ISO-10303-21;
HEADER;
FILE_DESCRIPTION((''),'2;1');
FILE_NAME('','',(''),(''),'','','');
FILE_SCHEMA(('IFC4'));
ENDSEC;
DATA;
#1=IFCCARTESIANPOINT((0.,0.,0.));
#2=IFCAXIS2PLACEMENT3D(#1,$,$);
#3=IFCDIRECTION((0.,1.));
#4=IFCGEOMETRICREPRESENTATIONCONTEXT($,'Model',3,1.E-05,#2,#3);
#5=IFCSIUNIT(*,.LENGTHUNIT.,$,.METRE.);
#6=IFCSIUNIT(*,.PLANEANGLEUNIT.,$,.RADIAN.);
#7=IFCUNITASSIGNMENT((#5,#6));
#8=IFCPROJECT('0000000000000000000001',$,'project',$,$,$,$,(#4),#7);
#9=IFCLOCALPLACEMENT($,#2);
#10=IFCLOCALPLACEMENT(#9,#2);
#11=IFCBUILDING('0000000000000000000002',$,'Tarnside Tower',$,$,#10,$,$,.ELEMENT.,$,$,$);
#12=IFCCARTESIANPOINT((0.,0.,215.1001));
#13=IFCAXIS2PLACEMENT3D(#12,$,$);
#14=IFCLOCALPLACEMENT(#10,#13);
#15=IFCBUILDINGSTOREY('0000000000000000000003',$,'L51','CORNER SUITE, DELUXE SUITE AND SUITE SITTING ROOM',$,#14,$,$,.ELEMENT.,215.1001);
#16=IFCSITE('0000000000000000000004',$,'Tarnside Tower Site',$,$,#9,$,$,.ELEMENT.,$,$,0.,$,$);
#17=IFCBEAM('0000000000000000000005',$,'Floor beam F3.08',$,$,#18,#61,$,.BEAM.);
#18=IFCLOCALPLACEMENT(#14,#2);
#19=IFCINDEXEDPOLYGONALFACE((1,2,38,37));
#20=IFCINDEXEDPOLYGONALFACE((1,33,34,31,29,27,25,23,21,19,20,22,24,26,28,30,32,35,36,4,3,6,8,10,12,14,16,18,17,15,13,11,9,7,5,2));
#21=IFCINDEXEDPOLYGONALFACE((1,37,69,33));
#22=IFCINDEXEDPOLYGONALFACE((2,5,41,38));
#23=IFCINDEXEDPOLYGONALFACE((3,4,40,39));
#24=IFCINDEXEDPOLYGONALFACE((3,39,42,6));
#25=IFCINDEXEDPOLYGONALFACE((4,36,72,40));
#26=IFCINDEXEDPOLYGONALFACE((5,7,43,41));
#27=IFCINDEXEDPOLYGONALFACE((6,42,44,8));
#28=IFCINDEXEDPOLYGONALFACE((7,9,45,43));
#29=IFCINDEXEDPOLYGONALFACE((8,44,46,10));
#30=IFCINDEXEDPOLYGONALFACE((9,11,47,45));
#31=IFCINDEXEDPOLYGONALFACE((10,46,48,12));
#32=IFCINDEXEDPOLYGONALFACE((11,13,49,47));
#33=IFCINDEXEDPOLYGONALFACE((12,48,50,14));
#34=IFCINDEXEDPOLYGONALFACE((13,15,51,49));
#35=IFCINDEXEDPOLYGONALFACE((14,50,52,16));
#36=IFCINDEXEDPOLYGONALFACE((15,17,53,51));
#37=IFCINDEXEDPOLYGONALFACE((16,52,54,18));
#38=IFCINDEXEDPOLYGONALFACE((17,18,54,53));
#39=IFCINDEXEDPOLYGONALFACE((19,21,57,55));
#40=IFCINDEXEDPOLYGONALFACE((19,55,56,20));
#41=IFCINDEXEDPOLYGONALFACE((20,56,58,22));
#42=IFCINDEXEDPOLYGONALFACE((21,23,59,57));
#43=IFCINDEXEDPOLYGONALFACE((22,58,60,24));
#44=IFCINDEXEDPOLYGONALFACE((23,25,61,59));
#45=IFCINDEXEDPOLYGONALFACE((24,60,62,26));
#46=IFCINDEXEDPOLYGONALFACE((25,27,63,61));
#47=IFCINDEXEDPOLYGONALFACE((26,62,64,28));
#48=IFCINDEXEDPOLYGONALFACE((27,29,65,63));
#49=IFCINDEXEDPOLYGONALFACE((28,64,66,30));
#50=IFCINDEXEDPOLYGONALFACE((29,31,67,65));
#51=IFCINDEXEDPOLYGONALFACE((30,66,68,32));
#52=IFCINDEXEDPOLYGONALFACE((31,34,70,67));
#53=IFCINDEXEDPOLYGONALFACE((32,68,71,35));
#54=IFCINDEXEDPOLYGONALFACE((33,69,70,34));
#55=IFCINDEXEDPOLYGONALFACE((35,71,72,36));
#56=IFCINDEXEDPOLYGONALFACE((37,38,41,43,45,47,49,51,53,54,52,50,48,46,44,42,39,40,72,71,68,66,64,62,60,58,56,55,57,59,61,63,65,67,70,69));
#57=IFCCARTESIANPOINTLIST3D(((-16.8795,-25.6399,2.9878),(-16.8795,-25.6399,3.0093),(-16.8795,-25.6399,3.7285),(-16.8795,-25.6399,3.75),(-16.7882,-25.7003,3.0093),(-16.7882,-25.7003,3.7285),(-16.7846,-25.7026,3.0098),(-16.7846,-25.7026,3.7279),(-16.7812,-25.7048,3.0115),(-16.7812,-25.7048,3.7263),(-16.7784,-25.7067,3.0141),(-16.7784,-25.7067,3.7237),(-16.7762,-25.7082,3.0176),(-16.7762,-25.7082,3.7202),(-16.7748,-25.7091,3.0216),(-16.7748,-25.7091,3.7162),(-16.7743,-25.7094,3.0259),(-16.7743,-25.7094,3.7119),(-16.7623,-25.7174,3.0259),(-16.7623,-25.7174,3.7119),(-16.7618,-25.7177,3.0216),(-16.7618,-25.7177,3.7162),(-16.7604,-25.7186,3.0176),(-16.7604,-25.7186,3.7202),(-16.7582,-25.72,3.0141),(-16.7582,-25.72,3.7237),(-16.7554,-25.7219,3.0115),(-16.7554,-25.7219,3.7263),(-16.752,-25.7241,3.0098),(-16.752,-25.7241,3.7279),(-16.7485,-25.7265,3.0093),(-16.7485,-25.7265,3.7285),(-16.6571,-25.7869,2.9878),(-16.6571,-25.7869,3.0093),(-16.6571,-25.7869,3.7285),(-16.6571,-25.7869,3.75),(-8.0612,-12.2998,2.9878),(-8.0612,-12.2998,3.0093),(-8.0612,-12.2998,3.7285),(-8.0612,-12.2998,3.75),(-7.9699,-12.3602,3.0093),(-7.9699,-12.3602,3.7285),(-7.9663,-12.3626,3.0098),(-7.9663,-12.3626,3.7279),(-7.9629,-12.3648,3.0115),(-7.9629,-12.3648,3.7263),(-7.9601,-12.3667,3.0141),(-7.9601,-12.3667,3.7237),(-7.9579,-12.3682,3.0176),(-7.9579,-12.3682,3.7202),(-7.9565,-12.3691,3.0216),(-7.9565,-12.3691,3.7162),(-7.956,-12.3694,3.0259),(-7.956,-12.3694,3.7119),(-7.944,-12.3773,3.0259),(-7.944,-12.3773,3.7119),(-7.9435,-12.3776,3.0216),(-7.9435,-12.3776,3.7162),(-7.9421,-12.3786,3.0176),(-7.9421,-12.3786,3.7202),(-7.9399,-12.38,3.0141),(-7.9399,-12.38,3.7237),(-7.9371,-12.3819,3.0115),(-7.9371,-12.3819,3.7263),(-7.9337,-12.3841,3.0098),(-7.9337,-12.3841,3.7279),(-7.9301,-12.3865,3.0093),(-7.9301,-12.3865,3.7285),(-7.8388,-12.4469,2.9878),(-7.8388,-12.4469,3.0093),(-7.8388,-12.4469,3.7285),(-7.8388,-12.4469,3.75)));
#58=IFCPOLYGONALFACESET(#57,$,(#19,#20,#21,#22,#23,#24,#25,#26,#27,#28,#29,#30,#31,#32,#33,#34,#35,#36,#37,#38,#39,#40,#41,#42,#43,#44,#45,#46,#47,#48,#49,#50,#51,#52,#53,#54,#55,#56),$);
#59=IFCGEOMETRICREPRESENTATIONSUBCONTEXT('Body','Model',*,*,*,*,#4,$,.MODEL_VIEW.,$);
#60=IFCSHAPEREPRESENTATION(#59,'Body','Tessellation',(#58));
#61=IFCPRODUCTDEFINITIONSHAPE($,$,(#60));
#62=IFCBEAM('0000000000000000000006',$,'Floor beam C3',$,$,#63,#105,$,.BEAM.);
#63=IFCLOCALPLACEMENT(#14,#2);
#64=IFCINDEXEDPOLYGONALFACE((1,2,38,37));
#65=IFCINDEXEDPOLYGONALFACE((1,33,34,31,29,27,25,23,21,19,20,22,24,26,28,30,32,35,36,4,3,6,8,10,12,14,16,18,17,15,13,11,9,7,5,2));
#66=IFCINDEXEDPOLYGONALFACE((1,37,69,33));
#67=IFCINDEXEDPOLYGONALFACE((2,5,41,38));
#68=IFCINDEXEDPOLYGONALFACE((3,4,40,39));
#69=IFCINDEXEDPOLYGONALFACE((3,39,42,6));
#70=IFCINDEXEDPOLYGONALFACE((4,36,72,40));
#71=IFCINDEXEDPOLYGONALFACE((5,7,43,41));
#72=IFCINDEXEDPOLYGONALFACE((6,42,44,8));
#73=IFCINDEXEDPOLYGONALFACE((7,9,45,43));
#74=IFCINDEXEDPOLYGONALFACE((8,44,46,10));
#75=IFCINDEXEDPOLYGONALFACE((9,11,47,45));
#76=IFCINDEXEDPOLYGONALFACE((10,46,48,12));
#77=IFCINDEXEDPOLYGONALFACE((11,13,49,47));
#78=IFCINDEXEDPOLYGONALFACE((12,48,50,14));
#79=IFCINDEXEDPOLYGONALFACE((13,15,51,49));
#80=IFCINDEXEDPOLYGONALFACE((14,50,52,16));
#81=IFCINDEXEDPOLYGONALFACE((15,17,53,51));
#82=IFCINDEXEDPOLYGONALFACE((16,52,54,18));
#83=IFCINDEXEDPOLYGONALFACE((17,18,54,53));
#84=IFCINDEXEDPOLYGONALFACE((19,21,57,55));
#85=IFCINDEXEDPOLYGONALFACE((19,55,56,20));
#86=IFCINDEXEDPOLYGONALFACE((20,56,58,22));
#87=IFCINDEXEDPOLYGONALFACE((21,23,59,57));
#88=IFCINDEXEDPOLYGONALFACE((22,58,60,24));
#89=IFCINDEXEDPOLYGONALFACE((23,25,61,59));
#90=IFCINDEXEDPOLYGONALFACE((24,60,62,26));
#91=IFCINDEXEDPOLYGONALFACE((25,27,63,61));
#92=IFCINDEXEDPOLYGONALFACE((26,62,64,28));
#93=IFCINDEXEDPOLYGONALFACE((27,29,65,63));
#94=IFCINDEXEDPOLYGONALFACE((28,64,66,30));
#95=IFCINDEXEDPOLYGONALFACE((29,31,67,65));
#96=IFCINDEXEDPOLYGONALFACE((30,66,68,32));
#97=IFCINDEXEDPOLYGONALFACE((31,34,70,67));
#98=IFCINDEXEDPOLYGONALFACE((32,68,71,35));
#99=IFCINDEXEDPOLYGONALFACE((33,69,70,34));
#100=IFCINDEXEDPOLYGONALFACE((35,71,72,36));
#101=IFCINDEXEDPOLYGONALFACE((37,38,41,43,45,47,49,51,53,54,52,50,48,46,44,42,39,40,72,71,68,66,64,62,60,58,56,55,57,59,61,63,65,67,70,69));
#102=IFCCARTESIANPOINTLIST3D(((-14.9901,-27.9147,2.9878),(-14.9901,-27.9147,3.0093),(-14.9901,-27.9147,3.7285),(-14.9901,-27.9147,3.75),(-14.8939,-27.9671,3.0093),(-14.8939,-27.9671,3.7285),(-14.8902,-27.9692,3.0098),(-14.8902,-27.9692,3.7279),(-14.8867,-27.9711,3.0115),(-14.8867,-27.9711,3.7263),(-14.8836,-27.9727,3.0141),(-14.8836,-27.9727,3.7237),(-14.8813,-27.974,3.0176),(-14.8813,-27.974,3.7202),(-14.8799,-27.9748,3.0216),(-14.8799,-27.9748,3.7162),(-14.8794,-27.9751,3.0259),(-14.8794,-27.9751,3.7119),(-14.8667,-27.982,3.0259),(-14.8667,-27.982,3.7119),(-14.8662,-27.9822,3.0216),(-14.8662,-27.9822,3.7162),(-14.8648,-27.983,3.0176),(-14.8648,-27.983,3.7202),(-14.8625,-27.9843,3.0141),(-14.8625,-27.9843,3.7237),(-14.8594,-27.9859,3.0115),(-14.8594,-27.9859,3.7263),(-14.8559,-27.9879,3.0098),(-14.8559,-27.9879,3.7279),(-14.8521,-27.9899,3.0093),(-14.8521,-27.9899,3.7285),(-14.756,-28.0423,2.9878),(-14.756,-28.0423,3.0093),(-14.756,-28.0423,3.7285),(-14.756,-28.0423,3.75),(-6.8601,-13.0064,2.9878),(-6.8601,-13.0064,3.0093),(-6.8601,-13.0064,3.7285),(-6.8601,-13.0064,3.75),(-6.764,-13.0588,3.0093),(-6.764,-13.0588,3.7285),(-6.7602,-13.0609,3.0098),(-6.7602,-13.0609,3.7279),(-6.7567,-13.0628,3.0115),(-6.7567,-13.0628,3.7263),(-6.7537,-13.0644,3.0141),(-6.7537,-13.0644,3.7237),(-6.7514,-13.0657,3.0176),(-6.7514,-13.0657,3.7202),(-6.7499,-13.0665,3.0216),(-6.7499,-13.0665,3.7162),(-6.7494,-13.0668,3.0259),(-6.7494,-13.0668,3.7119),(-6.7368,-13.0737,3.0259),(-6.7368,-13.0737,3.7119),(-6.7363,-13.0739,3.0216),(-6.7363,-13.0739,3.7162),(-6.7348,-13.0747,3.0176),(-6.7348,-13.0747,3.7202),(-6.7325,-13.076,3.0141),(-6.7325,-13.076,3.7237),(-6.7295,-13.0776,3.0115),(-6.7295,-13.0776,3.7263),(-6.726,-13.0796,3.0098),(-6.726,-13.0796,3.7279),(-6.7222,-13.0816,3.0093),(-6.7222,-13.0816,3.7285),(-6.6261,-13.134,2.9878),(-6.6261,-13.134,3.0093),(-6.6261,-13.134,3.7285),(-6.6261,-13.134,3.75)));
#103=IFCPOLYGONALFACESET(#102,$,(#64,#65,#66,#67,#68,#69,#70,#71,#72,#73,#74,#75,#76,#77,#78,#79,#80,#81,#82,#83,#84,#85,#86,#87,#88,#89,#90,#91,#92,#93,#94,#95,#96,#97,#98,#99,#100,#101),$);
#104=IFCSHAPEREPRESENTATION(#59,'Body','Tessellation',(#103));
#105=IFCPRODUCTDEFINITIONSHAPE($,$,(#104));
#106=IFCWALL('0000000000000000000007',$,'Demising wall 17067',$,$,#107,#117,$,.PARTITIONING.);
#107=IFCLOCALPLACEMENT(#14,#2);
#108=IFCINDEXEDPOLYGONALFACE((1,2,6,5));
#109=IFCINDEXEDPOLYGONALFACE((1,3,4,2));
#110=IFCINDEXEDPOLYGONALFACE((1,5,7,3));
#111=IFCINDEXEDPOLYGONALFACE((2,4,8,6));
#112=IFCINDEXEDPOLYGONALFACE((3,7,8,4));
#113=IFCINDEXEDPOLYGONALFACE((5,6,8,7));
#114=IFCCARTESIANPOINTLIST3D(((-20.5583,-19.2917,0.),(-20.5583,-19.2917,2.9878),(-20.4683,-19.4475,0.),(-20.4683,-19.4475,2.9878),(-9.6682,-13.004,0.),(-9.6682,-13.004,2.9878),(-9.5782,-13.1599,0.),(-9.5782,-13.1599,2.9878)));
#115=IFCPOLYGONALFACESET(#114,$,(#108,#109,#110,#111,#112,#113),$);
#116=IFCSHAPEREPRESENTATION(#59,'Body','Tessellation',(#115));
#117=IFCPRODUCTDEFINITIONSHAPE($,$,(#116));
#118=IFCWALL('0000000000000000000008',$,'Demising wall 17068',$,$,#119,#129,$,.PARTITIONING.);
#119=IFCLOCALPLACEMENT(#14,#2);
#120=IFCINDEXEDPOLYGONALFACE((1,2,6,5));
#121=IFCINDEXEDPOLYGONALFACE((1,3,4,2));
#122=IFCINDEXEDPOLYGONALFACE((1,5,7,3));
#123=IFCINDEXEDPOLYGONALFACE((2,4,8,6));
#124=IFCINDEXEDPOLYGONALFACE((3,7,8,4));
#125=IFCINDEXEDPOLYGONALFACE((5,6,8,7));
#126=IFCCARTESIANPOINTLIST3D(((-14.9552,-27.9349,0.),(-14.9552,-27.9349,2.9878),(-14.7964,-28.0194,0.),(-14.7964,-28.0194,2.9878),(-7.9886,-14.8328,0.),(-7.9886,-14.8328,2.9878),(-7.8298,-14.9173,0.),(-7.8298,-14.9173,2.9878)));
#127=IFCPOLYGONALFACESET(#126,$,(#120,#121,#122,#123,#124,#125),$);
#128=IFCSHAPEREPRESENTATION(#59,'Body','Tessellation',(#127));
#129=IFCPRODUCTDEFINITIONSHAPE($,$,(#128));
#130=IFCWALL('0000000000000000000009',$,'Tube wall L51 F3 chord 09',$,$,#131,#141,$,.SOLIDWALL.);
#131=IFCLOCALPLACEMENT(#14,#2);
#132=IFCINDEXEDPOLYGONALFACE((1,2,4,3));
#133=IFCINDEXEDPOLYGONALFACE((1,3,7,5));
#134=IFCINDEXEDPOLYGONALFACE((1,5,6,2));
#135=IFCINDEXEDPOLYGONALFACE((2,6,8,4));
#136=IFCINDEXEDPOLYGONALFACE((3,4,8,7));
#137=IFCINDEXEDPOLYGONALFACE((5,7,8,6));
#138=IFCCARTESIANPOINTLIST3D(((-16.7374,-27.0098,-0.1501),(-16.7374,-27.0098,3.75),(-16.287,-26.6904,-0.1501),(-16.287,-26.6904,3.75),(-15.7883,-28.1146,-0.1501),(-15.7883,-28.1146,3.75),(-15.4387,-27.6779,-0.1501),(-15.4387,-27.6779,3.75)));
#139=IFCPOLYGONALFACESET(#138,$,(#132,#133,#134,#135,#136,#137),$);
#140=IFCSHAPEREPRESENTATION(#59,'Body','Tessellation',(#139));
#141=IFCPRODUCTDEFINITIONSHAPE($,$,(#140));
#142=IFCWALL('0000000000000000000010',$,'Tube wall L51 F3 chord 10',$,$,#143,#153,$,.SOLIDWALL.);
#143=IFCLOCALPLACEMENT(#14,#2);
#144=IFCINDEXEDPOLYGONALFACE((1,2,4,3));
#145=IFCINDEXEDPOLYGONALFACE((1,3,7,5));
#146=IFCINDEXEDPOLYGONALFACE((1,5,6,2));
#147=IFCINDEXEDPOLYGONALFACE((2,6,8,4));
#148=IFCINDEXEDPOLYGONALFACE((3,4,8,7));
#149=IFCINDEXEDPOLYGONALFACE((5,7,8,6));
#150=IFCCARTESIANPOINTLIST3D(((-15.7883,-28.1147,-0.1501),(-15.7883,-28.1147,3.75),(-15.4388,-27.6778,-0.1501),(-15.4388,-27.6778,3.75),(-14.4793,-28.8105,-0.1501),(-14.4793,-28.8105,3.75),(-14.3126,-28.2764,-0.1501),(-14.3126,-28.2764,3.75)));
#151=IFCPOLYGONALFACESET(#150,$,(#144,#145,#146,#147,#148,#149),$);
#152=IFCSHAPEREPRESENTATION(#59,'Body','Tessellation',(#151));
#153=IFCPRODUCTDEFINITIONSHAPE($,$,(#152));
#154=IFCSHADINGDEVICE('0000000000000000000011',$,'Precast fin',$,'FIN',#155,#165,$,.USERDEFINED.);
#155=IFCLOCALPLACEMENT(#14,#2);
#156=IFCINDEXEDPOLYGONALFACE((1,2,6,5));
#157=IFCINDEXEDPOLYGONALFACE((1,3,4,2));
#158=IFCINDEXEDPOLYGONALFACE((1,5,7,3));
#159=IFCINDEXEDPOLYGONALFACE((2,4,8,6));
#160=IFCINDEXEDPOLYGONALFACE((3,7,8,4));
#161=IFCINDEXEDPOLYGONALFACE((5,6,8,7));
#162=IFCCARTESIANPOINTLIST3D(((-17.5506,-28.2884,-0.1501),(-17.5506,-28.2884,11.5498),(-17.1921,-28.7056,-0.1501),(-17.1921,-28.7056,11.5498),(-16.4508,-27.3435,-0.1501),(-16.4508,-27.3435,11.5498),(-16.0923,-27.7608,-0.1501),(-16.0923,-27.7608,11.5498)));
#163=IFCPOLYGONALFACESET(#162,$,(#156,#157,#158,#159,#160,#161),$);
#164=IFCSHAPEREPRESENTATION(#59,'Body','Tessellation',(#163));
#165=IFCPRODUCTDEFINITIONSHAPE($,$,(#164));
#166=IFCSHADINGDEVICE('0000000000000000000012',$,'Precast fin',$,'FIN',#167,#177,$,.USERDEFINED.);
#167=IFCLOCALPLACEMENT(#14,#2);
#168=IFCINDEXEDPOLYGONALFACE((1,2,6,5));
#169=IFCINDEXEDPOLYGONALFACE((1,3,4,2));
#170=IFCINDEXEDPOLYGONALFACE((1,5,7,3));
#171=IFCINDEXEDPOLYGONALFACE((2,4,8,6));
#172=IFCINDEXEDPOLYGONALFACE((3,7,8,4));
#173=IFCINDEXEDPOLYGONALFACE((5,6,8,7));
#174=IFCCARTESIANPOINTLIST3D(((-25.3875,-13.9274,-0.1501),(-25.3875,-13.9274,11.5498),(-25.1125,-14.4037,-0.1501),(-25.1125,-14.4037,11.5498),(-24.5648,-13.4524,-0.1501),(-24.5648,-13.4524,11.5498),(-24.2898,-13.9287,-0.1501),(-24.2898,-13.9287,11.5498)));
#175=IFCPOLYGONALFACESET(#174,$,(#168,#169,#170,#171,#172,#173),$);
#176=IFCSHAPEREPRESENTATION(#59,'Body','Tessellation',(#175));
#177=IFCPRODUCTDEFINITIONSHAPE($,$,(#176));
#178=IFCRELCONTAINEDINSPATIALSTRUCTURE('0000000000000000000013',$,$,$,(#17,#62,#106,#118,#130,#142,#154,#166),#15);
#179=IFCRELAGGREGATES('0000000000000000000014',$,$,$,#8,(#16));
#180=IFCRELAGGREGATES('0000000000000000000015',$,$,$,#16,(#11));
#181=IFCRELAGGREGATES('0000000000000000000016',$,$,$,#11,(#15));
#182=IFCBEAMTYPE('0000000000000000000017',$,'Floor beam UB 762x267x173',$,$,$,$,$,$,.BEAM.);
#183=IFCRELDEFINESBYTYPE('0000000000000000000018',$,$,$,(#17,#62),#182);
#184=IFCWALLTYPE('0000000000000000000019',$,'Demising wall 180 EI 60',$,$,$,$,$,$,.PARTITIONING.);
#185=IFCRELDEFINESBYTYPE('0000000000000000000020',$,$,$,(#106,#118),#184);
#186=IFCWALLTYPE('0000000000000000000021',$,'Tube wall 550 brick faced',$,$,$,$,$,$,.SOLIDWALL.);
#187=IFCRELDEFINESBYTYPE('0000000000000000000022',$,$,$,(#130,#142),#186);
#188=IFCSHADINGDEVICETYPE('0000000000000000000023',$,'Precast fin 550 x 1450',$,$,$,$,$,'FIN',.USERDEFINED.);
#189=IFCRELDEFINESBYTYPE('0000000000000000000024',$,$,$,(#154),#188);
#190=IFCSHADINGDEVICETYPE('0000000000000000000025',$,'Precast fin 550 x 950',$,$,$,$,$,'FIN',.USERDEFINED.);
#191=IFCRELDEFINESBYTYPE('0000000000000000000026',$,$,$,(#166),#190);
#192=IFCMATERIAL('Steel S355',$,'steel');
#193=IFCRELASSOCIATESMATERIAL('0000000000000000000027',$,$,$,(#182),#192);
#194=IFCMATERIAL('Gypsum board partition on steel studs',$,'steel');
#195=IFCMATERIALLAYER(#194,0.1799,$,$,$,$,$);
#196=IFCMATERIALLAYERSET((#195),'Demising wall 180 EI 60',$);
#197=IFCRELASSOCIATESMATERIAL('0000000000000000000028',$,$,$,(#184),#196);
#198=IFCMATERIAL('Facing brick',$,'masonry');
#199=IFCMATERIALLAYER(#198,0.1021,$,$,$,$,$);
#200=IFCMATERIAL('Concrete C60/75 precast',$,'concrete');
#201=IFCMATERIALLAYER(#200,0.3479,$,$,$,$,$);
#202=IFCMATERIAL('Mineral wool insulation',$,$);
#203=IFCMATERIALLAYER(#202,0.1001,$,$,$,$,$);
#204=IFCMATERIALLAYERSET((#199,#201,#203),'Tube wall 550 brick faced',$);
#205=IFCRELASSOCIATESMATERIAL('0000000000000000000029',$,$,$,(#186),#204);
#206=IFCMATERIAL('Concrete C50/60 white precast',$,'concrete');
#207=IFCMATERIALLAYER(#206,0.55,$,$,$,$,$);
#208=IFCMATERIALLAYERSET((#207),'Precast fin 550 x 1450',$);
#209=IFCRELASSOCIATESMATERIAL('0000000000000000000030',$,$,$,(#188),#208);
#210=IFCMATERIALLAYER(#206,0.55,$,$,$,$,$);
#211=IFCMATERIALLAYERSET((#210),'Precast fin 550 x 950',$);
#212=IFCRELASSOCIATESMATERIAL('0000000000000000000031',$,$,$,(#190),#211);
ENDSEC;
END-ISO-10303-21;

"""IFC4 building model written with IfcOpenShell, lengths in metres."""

from ifc_helpers import new_model, si_unit, direction, frame, frame_2d, origin, origin_2d, place, context, subcontext, project, spatial, polyline, rectangle, i_section, outline, extrude, material, layer, layer_set, material_profile, profile_set, type_object, element, save


model = new_model("IFC4")

# Units and contexts
model_context = context("Model", 3, precision=1e-05, world=origin(), true_north=direction((0.0, 1.0)))
body_context = subcontext(model_context, "Body", "Model", "MODEL_VIEW")
ifc_project = project(units=[si_unit("LENGTHUNIT", "METRE"), si_unit("PLANEANGLEUNIT", "RADIAN")], contexts=[model_context])

# Site, building, storey
site_placement = place(None, origin())
site = spatial("IfcSite", under=ifc_project, at=site_placement, Name="Tarnside Tower Site", CompositionType="ELEMENT", RefElevation=0.0)
building_placement = place(site_placement, origin())
building = spatial("IfcBuilding", under=site, at=building_placement, Name="Tarnside Tower", CompositionType="ELEMENT")
storey_placement = place(building_placement, frame((0.0, 0.0, 215.1001)))
storey = spatial("IfcBuildingStorey", under=building, at=storey_placement, Name="L51", Description="CORNER SUITE, DELUXE SUITE AND SUITE SITTING ROOM", CompositionType="ELEMENT", Elevation=215.1001)

# Beams
ifc_material_1 = material(Name="Steel S355", Category="steel")
ifc_material_profile_1 = material_profile(ifc_material_1, i_section(OverallWidth=0.2666, OverallDepth=0.7622, WebThickness=0.0144, FlangeThickness=0.0215, FilletRadius=0.0166, at=origin_2d()), Name="UB 762x267x173")
ifc_profile_set_1 = profile_set([ifc_material_profile_1], Name="Steel S355")
beam_type_1 = type_object("IfcBeamType", Name="Floor beam UB 762x267x173", PredefinedType="BEAM", material=ifc_profile_set_1)
beam_1_placement = place(storey_placement, frame((-16.7683, -25.7134, 3.3689), z_axis=(0.551448, 0.83421, 0.0), x_axis=(-0.83421, 0.551448, 0.0)))
element("IfcBeam", 1, at=beam_1_placement, inside=storey, type_object=beam_type_1, Name="Floor beam F3.08", PredefinedType="BEAM", context=body_context, shape_type="SweptSolid", body=[
    extrude(i_section(OverallWidth=0.2666, OverallDepth=0.7622, WebThickness=0.0144, FlangeThickness=0.0215, FilletRadius=0.0166, at=origin_2d()), origin(), (0.0, 0.0, 1.0), 15.9912),
])
beam_2_placement = place(storey_placement, frame((-14.873, -27.9785, 3.3689), z_axis=(0.478768, 0.877942, 0.0), x_axis=(-0.877942, 0.478768, 0.0)))
element("IfcBeam", 2, at=beam_2_placement, inside=storey, type_object=beam_type_1, Name="Floor beam C3", PredefinedType="BEAM", context=body_context, shape_type="SweptSolid", body=[
    extrude(i_section(OverallWidth=0.2666, OverallDepth=0.7622, WebThickness=0.0144, FlangeThickness=0.0215, FilletRadius=0.0166, at=origin_2d()), origin(), (0.0, 0.0, 1.0), 16.981),
])

# Walls
ifc_material_2 = material(Name="Gypsum board partition on steel studs", Category="steel")
ifc_layer_1 = layer(ifc_material_2, 0.1799)
ifc_layer_set_1 = layer_set([ifc_layer_1], Name="Demising wall 180 EI 60")
wall_type_1 = type_object("IfcWallType", Name="Demising wall 180 EI 60", PredefinedType="PARTITIONING", material=ifc_layer_set_1)
wall_1_placement = place(storey_placement, frame((-20.5134, -19.3696, 0.0), z_axis=(0.0, 0.0, 1.0), x_axis=(0.866019, 0.50001, 0.0)))
element("IfcWall", 3, at=wall_1_placement, inside=storey, type_object=wall_type_1, Name="Demising wall 17067", PredefinedType="PARTITIONING", context=body_context, shape_type="SweptSolid", body=[
    extrude(rectangle(XDim=12.575, YDim=0.1799, at=frame_2d((6.2876, 0.0))), origin(), (0.0, 0.0, 1.0), 2.9878),
])
wall_2_placement = place(storey_placement, frame((-14.8757, -27.9771, 0.0), z_axis=(0.0, 0.0, 1.0), x_axis=(0.469475, 0.882946, 0.0)))
element("IfcWall", 4, at=wall_2_placement, inside=storey, type_object=wall_type_1, Name="Demising wall 17068", PredefinedType="PARTITIONING", context=body_context, shape_type="SweptSolid", body=[
    extrude(rectangle(XDim=14.8391, YDim=0.1799, at=frame_2d((7.4194, 0.0))), origin(), (0.0, 0.0, 1.0), 2.9878),
])
ifc_material_3 = material(Name="Facing brick", Category="masonry")
ifc_layer_2 = layer(ifc_material_3, 0.1021)
ifc_material_4 = material(Name="Concrete C60/75 precast", Category="concrete")
ifc_layer_3 = layer(ifc_material_4, 0.3479)
ifc_material_5 = material(Name="Mineral wool insulation")
ifc_layer_4 = layer(ifc_material_5, 0.1001)
ifc_layer_set_2 = layer_set([ifc_layer_2, ifc_layer_3, ifc_layer_4], Name="Tube wall 550 brick faced")
wall_type_2 = type_object("IfcWallType", Name="Tube wall 550 brick faced", PredefinedType="SOLIDWALL", material=ifc_layer_set_2)
wall_3_placement = place(storey_placement, frame((-16.5122, -26.8501, -0.1501), z_axis=(0.0, 0.0, 1.0), x_axis=(0.651622, -0.758544, 0.0)))
element("IfcWall", 5, at=wall_3_placement, inside=storey, type_object=wall_type_2, Name="Tube wall L51 F3 chord 09", PredefinedType="SOLIDWALL", context=body_context, shape_type="SweptSolid", body=[
    extrude(outline(polyline([(-0.0256, -0.2749), (1.4309, -0.2749), (1.3274, 0.2749), (0.0256, 0.2749), (-0.0256, -0.2749)])), origin(), (0.0, 0.0, 1.0), 3.9001),
])
wall_4_placement = place(storey_placement, frame((-15.6135, -27.8962, -0.1501), z_axis=(0.0, 0.0, 1.0), x_axis=(0.882994, -0.469384, 0.0)))
element("IfcWall", 6, at=wall_4_placement, inside=storey, type_object=wall_type_2, Name="Tube wall L51 F3 chord 10", PredefinedType="SOLIDWALL", context=body_context, shape_type="SweptSolid", body=[
    extrude(outline(polyline([(-0.0518, -0.2749), (1.4307, -0.2749), (1.3271, 0.2749), (0.0518, 0.2749), (-0.0518, -0.2749)])), origin(), (0.0, 0.0, 1.0), 3.9001),
])

# Shading devices
ifc_material_6 = material(Name="Concrete C50/60 white precast", Category="concrete")
ifc_layer_5 = layer(ifc_material_6, 0.55)
ifc_layer_set_3 = layer_set([ifc_layer_5], Name="Precast fin 550 x 1450")
shading_device_type_1 = type_object("IfcShadingDeviceType", Name="Precast fin 550 x 1450", ElementType="FIN", PredefinedType="USERDEFINED", material=ifc_layer_set_3)
shading_device_placement = place(storey_placement, frame((-16.2715, -27.5522, -0.1501), z_axis=(-0.651657, 0.758514, 0.0), x_axis=(-0.758514, -0.651657, 0.0)))
element("IfcShadingDevice", 7, at=shading_device_placement, inside=storey, type_object=shading_device_type_1, Name="Precast fin", ObjectType="FIN", PredefinedType="USERDEFINED", context=body_context, shape_type="SweptSolid", body=[
    extrude(outline(polyline([(0.0, 0.0), (1.45, 0.0), (1.45, 11.7), (0.0, 11.7), (0.0, 0.0)])), frame((0.0, 0.0, -0.2749)), (0.0, 0.0, 1.0), 0.55),
])
ifc_layer_6 = layer(ifc_material_6, 0.55)
ifc_layer_set_4 = layer_set([ifc_layer_6], Name="Precast fin 550 x 950")
shading_device_type_2 = type_object("IfcShadingDeviceType", Name="Precast fin 550 x 950", ElementType="FIN", PredefinedType="USERDEFINED", material=ifc_layer_set_4)
for number, where, z_axis, x_axis, name in (
    (8, (-24.4272, -13.6907, -0.1501), (-0.5, 0.866025, 0.0), (-0.866025, -0.5, 0.0), "Precast fin"),
):
    element("IfcShadingDevice", number, at=place(storey_placement, frame(where, z_axis=z_axis, x_axis=x_axis)), inside=storey, type_object=shading_device_type_2, Name=name, ObjectType="FIN", PredefinedType="USERDEFINED", context=body_context, shape_type="SweptSolid", body=[
        extrude(outline(polyline([(0.0, 0.0), (0.95, 0.0), (0.95, 11.7), (0.0, 11.7), (0.0, 0.0)])), frame((0.0, 0.0, -0.2749)), (0.0, 0.0, 1.0), 0.55),
    ])

save(model, "model.ifc")
